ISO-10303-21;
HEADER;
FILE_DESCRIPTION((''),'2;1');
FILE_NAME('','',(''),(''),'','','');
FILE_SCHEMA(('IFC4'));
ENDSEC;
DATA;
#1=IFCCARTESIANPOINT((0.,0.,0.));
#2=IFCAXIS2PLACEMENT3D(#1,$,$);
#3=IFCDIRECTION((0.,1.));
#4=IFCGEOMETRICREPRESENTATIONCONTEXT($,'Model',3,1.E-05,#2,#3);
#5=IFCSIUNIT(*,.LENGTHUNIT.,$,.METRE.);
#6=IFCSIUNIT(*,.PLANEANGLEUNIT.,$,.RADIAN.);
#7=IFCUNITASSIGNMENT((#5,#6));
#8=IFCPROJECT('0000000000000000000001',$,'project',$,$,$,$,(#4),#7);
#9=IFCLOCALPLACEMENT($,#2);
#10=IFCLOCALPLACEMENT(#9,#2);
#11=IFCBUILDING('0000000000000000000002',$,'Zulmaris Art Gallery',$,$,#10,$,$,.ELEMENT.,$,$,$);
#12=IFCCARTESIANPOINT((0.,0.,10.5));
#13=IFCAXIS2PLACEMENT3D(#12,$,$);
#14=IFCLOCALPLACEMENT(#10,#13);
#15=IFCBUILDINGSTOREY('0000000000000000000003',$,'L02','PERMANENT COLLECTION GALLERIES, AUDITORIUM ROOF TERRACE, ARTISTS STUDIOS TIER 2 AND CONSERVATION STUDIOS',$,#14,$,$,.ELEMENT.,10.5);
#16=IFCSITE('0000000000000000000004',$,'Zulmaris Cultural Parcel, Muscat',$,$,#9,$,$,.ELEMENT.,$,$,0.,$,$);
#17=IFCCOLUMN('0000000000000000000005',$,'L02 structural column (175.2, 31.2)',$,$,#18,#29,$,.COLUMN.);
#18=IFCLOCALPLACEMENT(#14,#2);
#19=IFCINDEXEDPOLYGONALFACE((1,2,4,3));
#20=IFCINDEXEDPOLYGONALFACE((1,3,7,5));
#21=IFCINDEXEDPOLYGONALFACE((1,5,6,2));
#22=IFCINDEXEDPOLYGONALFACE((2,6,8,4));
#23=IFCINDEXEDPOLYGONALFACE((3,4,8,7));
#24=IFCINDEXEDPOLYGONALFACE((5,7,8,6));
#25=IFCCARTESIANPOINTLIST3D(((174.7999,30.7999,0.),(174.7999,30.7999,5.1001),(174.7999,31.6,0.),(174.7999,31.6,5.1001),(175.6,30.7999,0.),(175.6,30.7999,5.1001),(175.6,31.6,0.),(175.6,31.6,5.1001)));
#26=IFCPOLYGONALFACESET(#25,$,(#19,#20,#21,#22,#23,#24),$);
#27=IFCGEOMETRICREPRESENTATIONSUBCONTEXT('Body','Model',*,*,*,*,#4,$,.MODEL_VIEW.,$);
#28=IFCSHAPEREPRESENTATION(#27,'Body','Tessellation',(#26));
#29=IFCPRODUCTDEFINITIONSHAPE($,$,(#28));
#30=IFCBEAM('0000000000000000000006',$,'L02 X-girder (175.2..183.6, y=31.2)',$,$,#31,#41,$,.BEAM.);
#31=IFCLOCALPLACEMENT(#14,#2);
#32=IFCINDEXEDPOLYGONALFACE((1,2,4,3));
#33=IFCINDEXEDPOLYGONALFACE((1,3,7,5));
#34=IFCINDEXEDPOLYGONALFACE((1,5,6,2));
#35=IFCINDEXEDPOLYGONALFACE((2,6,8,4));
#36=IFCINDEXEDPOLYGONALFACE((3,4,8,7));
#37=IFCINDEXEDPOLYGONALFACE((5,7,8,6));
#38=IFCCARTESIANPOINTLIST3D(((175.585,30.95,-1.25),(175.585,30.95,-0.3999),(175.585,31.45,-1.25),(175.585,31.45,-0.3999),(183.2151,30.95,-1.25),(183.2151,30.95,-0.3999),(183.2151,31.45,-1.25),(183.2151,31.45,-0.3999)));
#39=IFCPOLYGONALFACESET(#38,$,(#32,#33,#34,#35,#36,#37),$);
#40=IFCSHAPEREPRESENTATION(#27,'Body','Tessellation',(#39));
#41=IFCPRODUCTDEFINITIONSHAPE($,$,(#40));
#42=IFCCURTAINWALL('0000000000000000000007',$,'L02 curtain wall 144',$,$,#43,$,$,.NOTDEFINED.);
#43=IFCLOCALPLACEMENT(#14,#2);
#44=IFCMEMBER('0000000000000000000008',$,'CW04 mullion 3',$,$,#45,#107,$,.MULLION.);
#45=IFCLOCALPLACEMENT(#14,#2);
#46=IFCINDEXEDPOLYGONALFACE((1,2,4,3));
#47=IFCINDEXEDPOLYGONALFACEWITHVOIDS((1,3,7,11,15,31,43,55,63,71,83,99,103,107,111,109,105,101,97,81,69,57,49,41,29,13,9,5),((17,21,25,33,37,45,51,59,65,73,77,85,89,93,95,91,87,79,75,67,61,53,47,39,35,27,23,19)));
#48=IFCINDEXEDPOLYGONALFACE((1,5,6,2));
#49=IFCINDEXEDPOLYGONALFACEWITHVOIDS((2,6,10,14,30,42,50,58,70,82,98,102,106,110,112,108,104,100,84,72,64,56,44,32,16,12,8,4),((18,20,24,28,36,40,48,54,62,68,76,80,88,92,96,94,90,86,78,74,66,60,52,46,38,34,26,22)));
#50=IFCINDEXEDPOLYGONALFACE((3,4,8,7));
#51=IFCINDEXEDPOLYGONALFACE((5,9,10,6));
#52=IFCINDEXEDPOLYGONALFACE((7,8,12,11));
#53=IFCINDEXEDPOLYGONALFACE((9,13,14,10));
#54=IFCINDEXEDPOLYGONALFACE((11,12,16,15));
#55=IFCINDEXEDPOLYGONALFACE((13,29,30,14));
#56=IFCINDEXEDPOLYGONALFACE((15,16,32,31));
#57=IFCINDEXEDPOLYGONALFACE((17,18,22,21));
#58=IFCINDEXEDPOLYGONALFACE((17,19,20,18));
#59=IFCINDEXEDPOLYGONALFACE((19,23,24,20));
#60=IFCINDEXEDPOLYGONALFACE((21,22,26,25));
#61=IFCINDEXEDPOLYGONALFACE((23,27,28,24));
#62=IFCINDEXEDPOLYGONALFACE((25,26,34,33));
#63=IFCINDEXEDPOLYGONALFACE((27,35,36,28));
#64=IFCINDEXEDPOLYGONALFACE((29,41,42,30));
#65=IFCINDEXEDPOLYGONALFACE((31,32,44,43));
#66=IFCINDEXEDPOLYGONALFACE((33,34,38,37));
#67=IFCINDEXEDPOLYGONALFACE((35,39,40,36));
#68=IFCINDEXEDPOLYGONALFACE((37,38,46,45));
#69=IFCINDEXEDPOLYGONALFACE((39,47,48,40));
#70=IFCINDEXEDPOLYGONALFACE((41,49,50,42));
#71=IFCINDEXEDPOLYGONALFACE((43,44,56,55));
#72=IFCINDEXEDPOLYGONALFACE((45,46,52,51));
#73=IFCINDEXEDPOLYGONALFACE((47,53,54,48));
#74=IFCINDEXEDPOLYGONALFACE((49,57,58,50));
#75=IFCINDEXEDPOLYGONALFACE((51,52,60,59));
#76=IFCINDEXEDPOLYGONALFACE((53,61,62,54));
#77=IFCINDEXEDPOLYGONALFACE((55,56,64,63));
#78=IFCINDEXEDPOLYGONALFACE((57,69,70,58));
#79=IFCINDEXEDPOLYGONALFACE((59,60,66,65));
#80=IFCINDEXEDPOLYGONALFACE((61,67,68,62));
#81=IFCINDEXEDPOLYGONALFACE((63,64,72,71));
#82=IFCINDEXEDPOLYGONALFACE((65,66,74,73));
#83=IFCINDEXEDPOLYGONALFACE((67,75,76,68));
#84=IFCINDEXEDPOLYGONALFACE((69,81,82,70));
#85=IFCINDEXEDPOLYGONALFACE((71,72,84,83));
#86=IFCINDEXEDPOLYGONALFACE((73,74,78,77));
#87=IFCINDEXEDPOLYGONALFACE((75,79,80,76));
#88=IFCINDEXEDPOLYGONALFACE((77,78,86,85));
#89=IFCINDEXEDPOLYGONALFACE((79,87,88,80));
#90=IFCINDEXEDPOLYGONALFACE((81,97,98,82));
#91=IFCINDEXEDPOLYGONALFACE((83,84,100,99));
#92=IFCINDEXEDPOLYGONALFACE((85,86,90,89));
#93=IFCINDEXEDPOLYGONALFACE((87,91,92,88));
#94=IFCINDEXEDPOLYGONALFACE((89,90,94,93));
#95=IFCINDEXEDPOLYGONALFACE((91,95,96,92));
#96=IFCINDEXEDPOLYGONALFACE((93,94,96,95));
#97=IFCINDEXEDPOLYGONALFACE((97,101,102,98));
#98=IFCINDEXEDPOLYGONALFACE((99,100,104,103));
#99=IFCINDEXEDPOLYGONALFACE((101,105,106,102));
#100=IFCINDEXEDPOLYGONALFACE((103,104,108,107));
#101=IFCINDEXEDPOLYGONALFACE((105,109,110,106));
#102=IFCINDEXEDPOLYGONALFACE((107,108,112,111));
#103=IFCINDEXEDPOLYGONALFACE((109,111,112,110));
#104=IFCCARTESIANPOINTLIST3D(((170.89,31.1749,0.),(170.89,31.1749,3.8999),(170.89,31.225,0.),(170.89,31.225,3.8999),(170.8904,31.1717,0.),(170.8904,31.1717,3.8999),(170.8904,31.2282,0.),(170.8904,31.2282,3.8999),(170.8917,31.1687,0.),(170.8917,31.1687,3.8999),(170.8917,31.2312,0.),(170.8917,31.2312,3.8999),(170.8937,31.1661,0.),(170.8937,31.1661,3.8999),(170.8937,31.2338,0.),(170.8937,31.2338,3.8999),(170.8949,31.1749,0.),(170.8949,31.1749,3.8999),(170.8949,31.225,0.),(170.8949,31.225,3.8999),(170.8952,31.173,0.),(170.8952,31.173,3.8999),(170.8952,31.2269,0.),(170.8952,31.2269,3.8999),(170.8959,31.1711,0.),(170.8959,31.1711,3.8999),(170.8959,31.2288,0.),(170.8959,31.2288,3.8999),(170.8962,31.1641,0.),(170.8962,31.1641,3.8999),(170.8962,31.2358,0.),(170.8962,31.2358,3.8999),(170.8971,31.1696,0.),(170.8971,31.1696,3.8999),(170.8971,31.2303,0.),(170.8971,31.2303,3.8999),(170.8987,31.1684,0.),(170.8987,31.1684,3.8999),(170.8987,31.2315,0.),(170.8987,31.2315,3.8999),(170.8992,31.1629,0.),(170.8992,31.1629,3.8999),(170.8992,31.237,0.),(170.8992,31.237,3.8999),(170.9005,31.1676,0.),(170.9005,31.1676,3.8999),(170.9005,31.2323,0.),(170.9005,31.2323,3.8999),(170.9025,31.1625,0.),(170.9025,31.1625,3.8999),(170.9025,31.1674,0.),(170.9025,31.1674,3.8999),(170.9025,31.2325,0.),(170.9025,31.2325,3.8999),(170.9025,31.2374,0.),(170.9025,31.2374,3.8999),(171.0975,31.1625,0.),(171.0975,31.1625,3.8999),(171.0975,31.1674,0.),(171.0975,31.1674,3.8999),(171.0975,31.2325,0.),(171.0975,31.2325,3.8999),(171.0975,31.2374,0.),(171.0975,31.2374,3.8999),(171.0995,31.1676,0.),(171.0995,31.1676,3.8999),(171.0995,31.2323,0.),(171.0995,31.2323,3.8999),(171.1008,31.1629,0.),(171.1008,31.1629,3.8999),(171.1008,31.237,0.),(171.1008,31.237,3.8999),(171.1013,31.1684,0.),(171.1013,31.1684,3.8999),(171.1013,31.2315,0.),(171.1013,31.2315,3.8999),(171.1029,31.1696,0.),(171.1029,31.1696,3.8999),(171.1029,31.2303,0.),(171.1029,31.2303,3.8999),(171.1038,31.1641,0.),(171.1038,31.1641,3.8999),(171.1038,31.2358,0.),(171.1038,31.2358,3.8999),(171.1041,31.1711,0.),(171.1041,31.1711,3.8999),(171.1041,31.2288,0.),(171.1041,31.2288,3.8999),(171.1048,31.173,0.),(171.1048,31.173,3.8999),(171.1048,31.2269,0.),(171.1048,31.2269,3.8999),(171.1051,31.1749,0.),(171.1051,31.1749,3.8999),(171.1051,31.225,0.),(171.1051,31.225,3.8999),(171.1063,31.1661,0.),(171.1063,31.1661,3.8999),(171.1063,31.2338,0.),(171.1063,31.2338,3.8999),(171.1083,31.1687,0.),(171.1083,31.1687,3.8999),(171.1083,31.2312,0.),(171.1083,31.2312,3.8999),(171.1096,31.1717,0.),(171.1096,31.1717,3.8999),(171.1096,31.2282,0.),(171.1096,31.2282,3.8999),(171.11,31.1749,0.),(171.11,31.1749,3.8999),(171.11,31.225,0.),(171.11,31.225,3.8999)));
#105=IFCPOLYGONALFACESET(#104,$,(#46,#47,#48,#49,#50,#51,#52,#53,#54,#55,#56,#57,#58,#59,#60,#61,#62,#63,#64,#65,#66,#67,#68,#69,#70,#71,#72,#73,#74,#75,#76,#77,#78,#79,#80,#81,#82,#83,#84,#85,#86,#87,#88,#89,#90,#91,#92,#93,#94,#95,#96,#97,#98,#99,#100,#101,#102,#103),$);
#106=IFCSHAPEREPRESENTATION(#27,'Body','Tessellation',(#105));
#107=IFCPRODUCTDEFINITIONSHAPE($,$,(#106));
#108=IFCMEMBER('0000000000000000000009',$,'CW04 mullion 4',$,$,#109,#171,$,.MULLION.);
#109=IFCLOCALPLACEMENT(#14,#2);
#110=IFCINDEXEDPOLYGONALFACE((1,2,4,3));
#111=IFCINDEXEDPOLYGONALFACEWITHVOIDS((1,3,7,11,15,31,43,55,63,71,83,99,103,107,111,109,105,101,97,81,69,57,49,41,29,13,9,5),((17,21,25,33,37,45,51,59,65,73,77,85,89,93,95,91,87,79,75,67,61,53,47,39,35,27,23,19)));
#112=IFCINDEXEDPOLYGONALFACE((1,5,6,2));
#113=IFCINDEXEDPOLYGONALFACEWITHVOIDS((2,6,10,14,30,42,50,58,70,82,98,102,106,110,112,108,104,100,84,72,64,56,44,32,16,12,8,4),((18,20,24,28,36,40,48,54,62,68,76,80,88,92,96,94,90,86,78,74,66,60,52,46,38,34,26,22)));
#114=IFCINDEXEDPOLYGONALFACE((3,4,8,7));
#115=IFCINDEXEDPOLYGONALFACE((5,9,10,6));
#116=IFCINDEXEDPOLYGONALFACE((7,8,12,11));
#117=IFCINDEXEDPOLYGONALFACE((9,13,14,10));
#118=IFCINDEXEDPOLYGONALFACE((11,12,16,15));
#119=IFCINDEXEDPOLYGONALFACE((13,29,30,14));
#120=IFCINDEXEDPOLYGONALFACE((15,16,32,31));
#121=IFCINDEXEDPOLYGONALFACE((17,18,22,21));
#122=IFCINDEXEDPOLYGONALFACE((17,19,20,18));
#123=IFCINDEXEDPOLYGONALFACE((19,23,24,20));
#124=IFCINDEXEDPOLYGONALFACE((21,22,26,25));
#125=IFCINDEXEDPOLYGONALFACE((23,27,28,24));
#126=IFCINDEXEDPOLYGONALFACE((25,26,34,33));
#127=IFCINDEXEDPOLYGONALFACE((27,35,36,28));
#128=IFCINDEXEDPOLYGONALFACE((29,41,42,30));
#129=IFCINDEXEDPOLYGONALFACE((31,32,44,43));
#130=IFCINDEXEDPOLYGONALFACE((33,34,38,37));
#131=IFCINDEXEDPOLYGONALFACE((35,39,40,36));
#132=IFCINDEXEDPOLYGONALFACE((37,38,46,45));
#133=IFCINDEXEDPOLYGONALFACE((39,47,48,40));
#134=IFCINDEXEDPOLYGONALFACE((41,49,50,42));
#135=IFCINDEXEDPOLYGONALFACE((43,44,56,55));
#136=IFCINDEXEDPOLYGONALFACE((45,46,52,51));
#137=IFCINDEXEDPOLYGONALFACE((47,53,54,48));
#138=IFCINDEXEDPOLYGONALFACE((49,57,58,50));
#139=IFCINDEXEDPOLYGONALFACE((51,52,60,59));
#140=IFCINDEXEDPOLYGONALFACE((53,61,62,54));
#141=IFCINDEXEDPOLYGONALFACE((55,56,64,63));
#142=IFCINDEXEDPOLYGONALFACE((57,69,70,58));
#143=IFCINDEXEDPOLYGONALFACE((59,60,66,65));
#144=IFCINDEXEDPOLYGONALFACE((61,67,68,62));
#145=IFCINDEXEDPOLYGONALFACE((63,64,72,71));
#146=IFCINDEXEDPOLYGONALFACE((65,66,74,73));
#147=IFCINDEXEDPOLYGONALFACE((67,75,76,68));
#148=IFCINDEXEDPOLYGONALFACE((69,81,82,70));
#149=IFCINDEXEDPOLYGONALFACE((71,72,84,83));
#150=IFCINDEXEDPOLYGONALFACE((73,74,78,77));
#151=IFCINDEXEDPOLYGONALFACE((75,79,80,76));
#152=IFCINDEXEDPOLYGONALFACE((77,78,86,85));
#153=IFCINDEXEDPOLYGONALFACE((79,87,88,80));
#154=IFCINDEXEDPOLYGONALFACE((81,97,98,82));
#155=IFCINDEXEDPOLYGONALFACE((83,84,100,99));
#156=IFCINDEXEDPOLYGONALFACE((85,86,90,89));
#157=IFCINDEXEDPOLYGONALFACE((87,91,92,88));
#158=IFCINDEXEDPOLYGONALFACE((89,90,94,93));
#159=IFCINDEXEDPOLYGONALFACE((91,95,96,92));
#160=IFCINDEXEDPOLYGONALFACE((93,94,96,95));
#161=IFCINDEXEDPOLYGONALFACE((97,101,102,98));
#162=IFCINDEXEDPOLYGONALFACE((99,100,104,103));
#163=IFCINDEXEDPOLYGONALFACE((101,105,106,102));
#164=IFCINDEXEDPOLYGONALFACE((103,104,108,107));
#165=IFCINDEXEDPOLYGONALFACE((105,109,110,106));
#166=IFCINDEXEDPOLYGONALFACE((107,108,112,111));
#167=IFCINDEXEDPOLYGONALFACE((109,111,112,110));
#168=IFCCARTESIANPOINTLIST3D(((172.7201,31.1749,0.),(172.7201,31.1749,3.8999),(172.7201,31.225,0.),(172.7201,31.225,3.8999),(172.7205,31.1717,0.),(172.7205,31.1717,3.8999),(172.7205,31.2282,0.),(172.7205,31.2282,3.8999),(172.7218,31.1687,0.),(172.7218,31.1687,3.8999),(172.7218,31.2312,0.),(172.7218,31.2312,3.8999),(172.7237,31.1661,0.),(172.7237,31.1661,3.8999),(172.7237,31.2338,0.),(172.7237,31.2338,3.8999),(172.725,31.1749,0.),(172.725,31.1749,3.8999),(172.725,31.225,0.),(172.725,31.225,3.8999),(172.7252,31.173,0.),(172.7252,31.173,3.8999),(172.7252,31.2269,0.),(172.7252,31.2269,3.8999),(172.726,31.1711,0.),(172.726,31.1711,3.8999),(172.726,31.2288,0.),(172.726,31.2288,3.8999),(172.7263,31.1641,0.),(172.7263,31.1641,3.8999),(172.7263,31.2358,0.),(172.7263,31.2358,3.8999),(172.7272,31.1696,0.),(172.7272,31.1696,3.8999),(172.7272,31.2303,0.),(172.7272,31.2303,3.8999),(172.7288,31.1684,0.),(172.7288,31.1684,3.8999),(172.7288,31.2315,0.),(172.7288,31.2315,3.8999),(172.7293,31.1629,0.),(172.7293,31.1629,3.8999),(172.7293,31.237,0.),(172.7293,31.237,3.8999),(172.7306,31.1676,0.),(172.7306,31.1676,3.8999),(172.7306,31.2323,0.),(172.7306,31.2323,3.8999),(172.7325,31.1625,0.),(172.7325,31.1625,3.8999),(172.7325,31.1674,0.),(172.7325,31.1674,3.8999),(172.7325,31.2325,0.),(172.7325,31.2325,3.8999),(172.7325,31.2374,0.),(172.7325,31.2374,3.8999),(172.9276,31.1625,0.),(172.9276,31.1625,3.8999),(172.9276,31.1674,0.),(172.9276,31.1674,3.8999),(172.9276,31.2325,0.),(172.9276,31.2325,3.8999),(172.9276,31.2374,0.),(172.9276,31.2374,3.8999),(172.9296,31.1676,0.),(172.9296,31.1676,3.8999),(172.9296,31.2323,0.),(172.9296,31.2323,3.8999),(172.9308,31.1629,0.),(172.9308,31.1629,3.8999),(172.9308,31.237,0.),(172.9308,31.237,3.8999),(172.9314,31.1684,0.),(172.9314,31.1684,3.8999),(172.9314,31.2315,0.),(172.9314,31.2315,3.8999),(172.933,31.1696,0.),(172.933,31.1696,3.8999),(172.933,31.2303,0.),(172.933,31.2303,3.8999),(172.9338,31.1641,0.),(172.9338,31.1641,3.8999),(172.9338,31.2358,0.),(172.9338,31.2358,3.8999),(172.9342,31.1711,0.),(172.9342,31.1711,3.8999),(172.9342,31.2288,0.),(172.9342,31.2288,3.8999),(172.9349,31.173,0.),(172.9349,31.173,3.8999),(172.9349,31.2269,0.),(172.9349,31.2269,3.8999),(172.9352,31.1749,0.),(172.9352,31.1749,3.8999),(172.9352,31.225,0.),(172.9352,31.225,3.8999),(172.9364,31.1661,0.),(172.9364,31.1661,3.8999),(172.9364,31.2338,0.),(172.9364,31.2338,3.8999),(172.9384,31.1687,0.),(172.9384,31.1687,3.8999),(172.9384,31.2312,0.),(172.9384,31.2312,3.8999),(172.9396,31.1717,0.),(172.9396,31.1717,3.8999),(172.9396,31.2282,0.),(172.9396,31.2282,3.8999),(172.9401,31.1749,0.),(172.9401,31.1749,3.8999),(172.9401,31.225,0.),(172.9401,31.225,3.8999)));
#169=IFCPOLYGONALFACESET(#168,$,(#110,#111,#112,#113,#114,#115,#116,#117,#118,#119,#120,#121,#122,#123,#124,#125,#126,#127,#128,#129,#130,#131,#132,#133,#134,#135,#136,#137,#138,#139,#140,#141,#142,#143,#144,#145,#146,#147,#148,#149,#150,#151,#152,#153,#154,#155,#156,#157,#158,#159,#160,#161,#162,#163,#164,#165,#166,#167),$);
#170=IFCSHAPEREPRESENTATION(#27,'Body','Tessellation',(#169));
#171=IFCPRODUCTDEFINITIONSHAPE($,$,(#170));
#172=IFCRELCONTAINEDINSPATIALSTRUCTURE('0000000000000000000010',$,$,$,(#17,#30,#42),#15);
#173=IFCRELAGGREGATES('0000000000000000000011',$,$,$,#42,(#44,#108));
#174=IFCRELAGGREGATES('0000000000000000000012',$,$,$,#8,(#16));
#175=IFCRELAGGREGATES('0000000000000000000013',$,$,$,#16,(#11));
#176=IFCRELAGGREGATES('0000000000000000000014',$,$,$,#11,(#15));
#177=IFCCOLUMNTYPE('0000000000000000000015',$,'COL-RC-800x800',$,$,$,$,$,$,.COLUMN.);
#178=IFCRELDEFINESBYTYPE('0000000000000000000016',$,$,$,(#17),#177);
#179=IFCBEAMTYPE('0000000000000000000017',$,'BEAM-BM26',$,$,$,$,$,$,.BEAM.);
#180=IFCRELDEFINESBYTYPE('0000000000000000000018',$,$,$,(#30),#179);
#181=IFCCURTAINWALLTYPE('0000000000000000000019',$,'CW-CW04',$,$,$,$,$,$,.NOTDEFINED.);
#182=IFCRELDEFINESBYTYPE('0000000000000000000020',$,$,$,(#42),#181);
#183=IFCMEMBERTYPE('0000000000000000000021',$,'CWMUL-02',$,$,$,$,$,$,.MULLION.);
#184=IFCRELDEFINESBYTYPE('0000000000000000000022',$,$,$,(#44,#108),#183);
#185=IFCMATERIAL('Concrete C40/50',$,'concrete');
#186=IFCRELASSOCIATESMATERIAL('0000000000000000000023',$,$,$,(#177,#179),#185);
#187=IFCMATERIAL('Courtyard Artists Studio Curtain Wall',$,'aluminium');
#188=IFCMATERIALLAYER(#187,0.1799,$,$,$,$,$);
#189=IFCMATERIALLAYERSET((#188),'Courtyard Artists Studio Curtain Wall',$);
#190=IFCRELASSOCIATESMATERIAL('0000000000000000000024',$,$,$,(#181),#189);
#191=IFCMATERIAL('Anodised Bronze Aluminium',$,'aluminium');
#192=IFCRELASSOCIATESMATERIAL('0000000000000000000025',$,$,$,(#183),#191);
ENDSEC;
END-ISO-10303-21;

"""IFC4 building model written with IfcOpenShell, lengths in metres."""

from ifc_helpers import new_model, si_unit, direction, frame, origin, origin_2d, place, context, subcontext, project, spatial, rectangle, hollow_rectangle, extrude, material, layer, layer_set, material_profile, profile_set, type_object, element, aggregate, save


model = new_model("IFC4")

# Units and contexts
model_context = context("Model", 3, precision=1e-05, world=origin(), true_north=direction((0.0, 1.0)))
body_context = subcontext(model_context, "Body", "Model", "MODEL_VIEW")
ifc_project = project(units=[si_unit("LENGTHUNIT", "METRE"), si_unit("PLANEANGLEUNIT", "RADIAN")], contexts=[model_context])

# Site, building, storey
site_placement = place(None, origin())
site = spatial("IfcSite", under=ifc_project, at=site_placement, Name="Zulmaris Cultural Parcel, Muscat", CompositionType="ELEMENT", RefElevation=0.0)
building_placement = place(site_placement, origin())
building = spatial("IfcBuilding", under=site, at=building_placement, Name="Zulmaris Art Gallery", CompositionType="ELEMENT")
storey_placement = place(building_placement, frame((0.0, 0.0, 10.5)))
storey = spatial("IfcBuildingStorey", under=building, at=storey_placement, Name="L02", Description="PERMANENT COLLECTION GALLERIES, AUDITORIUM ROOF TERRACE, ARTISTS STUDIOS TIER 2 AND CONSERVATION STUDIOS", CompositionType="ELEMENT", Elevation=10.5)

# Column
ifc_material_1 = material(Name="Concrete C40/50", Category="concrete")
ifc_material_profile_1 = material_profile(ifc_material_1, rectangle(XDim=0.8, YDim=0.8, at=origin_2d()), Name="RC 800x800")
ifc_profile_set_1 = profile_set([ifc_material_profile_1], Name="Concrete C40/50")
column_type = type_object("IfcColumnType", Name="COL-RC-800x800", PredefinedType="COLUMN", material=ifc_profile_set_1)
column_placement = place(storey_placement, frame((175.2, 31.2, 0.0), z_axis=(0.0, 0.0, 1.0), x_axis=(1.0, 0.0, 0.0)))
element("IfcColumn", 1, at=column_placement, inside=storey, type_object=column_type, Name="L02 structural column (175.2, 31.2)", PredefinedType="COLUMN", context=body_context, shape_type="SweptSolid", body=[
    extrude(rectangle(XDim=0.8, YDim=0.8, at=origin_2d()), origin(), (0.0, 0.0, 1.0), 5.1001),
])

# Beam
ifc_material_profile_2 = material_profile(ifc_material_1, rectangle(XDim=0.5, YDim=0.8501, at=origin_2d()), Name="RC 500x850")
ifc_profile_set_2 = profile_set([ifc_material_profile_2], Name="Concrete C40/50")
beam_type = type_object("IfcBeamType", Name="BEAM-BM26", PredefinedType="BEAM", material=ifc_profile_set_2)
beam_placement = place(storey_placement, frame((175.585, 31.2, -0.825), z_axis=(1.0, 0.0, 0.0), x_axis=(0.0, 1.0, 0.0)))
element("IfcBeam", 2, at=beam_placement, inside=storey, type_object=beam_type, Name="L02 X-girder (175.2..183.6, y=31.2)", PredefinedType="BEAM", context=body_context, shape_type="SweptSolid", body=[
    extrude(rectangle(XDim=0.5, YDim=0.8501, at=origin_2d()), origin(), (0.0, 0.0, 1.0), 7.6301),
])

# Curtain wall, members
ifc_material_2 = material(Name="Courtyard Artists Studio Curtain Wall", Category="aluminium")
ifc_layer_1 = layer(ifc_material_2, 0.1799)
ifc_layer_set_1 = layer_set([ifc_layer_1], Name="Courtyard Artists Studio Curtain Wall")
curtain_wall_type = type_object("IfcCurtainWallType", Name="CW-CW04", PredefinedType="NOTDEFINED", material=ifc_layer_set_1)
curtain_wall_1_placement = place(storey_placement, origin())
curtain_wall_1 = element("IfcCurtainWall", 3, at=curtain_wall_1_placement, inside=storey, type_object=curtain_wall_type, Name="L02 curtain wall 144", PredefinedType="NOTDEFINED")
ifc_material_3 = material(Name="Anodised Bronze Aluminium", Category="aluminium")
ifc_material_profile_3 = material_profile(ifc_material_3, hollow_rectangle(XDim=0.075, YDim=0.22, WallThickness=0.0049, InnerFilletRadius=0.0076, OuterFilletRadius=0.0125, at=origin_2d()), Name="ALU 75x220x5")
ifc_profile_set_3 = profile_set([ifc_material_profile_3], Name="Anodised Bronze Aluminium")
member_type_1 = type_object("IfcMemberType", Name="CWMUL-02", PredefinedType="MULLION", material=ifc_profile_set_3)
member_1_placement = place(storey_placement, frame((171.0, 31.2, 0.0), z_axis=(0.0, 0.0, 1.0), x_axis=(0.0, 1.0, 0.0)))
member_1 = element("IfcMember", 4, at=member_1_placement, type_object=member_type_1, Name="CW04 mullion 3", PredefinedType="MULLION", context=body_context, shape_type="SweptSolid", body=[
    extrude(hollow_rectangle(XDim=0.075, YDim=0.22, WallThickness=0.0049, InnerFilletRadius=0.0076, OuterFilletRadius=0.0125, at=origin_2d()), origin(), (0.0, 0.0, 1.0), 3.8999),
])
member_2_placement = place(storey_placement, frame((172.8301, 31.2, 0.0), z_axis=(0.0, 0.0, 1.0), x_axis=(0.0, 1.0, 0.0)))
member_2 = element("IfcMember", 5, at=member_2_placement, type_object=member_type_1, Name="CW04 mullion 4", PredefinedType="MULLION", context=body_context, shape_type="SweptSolid", body=[
    extrude(hollow_rectangle(XDim=0.075, YDim=0.22, WallThickness=0.0049, InnerFilletRadius=0.0076, OuterFilletRadius=0.0125, at=origin_2d()), origin(), (0.0, 0.0, 1.0), 3.8999),
])

aggregate(curtain_wall_1, [member_1, member_2])

save(model, "model.ifc")
